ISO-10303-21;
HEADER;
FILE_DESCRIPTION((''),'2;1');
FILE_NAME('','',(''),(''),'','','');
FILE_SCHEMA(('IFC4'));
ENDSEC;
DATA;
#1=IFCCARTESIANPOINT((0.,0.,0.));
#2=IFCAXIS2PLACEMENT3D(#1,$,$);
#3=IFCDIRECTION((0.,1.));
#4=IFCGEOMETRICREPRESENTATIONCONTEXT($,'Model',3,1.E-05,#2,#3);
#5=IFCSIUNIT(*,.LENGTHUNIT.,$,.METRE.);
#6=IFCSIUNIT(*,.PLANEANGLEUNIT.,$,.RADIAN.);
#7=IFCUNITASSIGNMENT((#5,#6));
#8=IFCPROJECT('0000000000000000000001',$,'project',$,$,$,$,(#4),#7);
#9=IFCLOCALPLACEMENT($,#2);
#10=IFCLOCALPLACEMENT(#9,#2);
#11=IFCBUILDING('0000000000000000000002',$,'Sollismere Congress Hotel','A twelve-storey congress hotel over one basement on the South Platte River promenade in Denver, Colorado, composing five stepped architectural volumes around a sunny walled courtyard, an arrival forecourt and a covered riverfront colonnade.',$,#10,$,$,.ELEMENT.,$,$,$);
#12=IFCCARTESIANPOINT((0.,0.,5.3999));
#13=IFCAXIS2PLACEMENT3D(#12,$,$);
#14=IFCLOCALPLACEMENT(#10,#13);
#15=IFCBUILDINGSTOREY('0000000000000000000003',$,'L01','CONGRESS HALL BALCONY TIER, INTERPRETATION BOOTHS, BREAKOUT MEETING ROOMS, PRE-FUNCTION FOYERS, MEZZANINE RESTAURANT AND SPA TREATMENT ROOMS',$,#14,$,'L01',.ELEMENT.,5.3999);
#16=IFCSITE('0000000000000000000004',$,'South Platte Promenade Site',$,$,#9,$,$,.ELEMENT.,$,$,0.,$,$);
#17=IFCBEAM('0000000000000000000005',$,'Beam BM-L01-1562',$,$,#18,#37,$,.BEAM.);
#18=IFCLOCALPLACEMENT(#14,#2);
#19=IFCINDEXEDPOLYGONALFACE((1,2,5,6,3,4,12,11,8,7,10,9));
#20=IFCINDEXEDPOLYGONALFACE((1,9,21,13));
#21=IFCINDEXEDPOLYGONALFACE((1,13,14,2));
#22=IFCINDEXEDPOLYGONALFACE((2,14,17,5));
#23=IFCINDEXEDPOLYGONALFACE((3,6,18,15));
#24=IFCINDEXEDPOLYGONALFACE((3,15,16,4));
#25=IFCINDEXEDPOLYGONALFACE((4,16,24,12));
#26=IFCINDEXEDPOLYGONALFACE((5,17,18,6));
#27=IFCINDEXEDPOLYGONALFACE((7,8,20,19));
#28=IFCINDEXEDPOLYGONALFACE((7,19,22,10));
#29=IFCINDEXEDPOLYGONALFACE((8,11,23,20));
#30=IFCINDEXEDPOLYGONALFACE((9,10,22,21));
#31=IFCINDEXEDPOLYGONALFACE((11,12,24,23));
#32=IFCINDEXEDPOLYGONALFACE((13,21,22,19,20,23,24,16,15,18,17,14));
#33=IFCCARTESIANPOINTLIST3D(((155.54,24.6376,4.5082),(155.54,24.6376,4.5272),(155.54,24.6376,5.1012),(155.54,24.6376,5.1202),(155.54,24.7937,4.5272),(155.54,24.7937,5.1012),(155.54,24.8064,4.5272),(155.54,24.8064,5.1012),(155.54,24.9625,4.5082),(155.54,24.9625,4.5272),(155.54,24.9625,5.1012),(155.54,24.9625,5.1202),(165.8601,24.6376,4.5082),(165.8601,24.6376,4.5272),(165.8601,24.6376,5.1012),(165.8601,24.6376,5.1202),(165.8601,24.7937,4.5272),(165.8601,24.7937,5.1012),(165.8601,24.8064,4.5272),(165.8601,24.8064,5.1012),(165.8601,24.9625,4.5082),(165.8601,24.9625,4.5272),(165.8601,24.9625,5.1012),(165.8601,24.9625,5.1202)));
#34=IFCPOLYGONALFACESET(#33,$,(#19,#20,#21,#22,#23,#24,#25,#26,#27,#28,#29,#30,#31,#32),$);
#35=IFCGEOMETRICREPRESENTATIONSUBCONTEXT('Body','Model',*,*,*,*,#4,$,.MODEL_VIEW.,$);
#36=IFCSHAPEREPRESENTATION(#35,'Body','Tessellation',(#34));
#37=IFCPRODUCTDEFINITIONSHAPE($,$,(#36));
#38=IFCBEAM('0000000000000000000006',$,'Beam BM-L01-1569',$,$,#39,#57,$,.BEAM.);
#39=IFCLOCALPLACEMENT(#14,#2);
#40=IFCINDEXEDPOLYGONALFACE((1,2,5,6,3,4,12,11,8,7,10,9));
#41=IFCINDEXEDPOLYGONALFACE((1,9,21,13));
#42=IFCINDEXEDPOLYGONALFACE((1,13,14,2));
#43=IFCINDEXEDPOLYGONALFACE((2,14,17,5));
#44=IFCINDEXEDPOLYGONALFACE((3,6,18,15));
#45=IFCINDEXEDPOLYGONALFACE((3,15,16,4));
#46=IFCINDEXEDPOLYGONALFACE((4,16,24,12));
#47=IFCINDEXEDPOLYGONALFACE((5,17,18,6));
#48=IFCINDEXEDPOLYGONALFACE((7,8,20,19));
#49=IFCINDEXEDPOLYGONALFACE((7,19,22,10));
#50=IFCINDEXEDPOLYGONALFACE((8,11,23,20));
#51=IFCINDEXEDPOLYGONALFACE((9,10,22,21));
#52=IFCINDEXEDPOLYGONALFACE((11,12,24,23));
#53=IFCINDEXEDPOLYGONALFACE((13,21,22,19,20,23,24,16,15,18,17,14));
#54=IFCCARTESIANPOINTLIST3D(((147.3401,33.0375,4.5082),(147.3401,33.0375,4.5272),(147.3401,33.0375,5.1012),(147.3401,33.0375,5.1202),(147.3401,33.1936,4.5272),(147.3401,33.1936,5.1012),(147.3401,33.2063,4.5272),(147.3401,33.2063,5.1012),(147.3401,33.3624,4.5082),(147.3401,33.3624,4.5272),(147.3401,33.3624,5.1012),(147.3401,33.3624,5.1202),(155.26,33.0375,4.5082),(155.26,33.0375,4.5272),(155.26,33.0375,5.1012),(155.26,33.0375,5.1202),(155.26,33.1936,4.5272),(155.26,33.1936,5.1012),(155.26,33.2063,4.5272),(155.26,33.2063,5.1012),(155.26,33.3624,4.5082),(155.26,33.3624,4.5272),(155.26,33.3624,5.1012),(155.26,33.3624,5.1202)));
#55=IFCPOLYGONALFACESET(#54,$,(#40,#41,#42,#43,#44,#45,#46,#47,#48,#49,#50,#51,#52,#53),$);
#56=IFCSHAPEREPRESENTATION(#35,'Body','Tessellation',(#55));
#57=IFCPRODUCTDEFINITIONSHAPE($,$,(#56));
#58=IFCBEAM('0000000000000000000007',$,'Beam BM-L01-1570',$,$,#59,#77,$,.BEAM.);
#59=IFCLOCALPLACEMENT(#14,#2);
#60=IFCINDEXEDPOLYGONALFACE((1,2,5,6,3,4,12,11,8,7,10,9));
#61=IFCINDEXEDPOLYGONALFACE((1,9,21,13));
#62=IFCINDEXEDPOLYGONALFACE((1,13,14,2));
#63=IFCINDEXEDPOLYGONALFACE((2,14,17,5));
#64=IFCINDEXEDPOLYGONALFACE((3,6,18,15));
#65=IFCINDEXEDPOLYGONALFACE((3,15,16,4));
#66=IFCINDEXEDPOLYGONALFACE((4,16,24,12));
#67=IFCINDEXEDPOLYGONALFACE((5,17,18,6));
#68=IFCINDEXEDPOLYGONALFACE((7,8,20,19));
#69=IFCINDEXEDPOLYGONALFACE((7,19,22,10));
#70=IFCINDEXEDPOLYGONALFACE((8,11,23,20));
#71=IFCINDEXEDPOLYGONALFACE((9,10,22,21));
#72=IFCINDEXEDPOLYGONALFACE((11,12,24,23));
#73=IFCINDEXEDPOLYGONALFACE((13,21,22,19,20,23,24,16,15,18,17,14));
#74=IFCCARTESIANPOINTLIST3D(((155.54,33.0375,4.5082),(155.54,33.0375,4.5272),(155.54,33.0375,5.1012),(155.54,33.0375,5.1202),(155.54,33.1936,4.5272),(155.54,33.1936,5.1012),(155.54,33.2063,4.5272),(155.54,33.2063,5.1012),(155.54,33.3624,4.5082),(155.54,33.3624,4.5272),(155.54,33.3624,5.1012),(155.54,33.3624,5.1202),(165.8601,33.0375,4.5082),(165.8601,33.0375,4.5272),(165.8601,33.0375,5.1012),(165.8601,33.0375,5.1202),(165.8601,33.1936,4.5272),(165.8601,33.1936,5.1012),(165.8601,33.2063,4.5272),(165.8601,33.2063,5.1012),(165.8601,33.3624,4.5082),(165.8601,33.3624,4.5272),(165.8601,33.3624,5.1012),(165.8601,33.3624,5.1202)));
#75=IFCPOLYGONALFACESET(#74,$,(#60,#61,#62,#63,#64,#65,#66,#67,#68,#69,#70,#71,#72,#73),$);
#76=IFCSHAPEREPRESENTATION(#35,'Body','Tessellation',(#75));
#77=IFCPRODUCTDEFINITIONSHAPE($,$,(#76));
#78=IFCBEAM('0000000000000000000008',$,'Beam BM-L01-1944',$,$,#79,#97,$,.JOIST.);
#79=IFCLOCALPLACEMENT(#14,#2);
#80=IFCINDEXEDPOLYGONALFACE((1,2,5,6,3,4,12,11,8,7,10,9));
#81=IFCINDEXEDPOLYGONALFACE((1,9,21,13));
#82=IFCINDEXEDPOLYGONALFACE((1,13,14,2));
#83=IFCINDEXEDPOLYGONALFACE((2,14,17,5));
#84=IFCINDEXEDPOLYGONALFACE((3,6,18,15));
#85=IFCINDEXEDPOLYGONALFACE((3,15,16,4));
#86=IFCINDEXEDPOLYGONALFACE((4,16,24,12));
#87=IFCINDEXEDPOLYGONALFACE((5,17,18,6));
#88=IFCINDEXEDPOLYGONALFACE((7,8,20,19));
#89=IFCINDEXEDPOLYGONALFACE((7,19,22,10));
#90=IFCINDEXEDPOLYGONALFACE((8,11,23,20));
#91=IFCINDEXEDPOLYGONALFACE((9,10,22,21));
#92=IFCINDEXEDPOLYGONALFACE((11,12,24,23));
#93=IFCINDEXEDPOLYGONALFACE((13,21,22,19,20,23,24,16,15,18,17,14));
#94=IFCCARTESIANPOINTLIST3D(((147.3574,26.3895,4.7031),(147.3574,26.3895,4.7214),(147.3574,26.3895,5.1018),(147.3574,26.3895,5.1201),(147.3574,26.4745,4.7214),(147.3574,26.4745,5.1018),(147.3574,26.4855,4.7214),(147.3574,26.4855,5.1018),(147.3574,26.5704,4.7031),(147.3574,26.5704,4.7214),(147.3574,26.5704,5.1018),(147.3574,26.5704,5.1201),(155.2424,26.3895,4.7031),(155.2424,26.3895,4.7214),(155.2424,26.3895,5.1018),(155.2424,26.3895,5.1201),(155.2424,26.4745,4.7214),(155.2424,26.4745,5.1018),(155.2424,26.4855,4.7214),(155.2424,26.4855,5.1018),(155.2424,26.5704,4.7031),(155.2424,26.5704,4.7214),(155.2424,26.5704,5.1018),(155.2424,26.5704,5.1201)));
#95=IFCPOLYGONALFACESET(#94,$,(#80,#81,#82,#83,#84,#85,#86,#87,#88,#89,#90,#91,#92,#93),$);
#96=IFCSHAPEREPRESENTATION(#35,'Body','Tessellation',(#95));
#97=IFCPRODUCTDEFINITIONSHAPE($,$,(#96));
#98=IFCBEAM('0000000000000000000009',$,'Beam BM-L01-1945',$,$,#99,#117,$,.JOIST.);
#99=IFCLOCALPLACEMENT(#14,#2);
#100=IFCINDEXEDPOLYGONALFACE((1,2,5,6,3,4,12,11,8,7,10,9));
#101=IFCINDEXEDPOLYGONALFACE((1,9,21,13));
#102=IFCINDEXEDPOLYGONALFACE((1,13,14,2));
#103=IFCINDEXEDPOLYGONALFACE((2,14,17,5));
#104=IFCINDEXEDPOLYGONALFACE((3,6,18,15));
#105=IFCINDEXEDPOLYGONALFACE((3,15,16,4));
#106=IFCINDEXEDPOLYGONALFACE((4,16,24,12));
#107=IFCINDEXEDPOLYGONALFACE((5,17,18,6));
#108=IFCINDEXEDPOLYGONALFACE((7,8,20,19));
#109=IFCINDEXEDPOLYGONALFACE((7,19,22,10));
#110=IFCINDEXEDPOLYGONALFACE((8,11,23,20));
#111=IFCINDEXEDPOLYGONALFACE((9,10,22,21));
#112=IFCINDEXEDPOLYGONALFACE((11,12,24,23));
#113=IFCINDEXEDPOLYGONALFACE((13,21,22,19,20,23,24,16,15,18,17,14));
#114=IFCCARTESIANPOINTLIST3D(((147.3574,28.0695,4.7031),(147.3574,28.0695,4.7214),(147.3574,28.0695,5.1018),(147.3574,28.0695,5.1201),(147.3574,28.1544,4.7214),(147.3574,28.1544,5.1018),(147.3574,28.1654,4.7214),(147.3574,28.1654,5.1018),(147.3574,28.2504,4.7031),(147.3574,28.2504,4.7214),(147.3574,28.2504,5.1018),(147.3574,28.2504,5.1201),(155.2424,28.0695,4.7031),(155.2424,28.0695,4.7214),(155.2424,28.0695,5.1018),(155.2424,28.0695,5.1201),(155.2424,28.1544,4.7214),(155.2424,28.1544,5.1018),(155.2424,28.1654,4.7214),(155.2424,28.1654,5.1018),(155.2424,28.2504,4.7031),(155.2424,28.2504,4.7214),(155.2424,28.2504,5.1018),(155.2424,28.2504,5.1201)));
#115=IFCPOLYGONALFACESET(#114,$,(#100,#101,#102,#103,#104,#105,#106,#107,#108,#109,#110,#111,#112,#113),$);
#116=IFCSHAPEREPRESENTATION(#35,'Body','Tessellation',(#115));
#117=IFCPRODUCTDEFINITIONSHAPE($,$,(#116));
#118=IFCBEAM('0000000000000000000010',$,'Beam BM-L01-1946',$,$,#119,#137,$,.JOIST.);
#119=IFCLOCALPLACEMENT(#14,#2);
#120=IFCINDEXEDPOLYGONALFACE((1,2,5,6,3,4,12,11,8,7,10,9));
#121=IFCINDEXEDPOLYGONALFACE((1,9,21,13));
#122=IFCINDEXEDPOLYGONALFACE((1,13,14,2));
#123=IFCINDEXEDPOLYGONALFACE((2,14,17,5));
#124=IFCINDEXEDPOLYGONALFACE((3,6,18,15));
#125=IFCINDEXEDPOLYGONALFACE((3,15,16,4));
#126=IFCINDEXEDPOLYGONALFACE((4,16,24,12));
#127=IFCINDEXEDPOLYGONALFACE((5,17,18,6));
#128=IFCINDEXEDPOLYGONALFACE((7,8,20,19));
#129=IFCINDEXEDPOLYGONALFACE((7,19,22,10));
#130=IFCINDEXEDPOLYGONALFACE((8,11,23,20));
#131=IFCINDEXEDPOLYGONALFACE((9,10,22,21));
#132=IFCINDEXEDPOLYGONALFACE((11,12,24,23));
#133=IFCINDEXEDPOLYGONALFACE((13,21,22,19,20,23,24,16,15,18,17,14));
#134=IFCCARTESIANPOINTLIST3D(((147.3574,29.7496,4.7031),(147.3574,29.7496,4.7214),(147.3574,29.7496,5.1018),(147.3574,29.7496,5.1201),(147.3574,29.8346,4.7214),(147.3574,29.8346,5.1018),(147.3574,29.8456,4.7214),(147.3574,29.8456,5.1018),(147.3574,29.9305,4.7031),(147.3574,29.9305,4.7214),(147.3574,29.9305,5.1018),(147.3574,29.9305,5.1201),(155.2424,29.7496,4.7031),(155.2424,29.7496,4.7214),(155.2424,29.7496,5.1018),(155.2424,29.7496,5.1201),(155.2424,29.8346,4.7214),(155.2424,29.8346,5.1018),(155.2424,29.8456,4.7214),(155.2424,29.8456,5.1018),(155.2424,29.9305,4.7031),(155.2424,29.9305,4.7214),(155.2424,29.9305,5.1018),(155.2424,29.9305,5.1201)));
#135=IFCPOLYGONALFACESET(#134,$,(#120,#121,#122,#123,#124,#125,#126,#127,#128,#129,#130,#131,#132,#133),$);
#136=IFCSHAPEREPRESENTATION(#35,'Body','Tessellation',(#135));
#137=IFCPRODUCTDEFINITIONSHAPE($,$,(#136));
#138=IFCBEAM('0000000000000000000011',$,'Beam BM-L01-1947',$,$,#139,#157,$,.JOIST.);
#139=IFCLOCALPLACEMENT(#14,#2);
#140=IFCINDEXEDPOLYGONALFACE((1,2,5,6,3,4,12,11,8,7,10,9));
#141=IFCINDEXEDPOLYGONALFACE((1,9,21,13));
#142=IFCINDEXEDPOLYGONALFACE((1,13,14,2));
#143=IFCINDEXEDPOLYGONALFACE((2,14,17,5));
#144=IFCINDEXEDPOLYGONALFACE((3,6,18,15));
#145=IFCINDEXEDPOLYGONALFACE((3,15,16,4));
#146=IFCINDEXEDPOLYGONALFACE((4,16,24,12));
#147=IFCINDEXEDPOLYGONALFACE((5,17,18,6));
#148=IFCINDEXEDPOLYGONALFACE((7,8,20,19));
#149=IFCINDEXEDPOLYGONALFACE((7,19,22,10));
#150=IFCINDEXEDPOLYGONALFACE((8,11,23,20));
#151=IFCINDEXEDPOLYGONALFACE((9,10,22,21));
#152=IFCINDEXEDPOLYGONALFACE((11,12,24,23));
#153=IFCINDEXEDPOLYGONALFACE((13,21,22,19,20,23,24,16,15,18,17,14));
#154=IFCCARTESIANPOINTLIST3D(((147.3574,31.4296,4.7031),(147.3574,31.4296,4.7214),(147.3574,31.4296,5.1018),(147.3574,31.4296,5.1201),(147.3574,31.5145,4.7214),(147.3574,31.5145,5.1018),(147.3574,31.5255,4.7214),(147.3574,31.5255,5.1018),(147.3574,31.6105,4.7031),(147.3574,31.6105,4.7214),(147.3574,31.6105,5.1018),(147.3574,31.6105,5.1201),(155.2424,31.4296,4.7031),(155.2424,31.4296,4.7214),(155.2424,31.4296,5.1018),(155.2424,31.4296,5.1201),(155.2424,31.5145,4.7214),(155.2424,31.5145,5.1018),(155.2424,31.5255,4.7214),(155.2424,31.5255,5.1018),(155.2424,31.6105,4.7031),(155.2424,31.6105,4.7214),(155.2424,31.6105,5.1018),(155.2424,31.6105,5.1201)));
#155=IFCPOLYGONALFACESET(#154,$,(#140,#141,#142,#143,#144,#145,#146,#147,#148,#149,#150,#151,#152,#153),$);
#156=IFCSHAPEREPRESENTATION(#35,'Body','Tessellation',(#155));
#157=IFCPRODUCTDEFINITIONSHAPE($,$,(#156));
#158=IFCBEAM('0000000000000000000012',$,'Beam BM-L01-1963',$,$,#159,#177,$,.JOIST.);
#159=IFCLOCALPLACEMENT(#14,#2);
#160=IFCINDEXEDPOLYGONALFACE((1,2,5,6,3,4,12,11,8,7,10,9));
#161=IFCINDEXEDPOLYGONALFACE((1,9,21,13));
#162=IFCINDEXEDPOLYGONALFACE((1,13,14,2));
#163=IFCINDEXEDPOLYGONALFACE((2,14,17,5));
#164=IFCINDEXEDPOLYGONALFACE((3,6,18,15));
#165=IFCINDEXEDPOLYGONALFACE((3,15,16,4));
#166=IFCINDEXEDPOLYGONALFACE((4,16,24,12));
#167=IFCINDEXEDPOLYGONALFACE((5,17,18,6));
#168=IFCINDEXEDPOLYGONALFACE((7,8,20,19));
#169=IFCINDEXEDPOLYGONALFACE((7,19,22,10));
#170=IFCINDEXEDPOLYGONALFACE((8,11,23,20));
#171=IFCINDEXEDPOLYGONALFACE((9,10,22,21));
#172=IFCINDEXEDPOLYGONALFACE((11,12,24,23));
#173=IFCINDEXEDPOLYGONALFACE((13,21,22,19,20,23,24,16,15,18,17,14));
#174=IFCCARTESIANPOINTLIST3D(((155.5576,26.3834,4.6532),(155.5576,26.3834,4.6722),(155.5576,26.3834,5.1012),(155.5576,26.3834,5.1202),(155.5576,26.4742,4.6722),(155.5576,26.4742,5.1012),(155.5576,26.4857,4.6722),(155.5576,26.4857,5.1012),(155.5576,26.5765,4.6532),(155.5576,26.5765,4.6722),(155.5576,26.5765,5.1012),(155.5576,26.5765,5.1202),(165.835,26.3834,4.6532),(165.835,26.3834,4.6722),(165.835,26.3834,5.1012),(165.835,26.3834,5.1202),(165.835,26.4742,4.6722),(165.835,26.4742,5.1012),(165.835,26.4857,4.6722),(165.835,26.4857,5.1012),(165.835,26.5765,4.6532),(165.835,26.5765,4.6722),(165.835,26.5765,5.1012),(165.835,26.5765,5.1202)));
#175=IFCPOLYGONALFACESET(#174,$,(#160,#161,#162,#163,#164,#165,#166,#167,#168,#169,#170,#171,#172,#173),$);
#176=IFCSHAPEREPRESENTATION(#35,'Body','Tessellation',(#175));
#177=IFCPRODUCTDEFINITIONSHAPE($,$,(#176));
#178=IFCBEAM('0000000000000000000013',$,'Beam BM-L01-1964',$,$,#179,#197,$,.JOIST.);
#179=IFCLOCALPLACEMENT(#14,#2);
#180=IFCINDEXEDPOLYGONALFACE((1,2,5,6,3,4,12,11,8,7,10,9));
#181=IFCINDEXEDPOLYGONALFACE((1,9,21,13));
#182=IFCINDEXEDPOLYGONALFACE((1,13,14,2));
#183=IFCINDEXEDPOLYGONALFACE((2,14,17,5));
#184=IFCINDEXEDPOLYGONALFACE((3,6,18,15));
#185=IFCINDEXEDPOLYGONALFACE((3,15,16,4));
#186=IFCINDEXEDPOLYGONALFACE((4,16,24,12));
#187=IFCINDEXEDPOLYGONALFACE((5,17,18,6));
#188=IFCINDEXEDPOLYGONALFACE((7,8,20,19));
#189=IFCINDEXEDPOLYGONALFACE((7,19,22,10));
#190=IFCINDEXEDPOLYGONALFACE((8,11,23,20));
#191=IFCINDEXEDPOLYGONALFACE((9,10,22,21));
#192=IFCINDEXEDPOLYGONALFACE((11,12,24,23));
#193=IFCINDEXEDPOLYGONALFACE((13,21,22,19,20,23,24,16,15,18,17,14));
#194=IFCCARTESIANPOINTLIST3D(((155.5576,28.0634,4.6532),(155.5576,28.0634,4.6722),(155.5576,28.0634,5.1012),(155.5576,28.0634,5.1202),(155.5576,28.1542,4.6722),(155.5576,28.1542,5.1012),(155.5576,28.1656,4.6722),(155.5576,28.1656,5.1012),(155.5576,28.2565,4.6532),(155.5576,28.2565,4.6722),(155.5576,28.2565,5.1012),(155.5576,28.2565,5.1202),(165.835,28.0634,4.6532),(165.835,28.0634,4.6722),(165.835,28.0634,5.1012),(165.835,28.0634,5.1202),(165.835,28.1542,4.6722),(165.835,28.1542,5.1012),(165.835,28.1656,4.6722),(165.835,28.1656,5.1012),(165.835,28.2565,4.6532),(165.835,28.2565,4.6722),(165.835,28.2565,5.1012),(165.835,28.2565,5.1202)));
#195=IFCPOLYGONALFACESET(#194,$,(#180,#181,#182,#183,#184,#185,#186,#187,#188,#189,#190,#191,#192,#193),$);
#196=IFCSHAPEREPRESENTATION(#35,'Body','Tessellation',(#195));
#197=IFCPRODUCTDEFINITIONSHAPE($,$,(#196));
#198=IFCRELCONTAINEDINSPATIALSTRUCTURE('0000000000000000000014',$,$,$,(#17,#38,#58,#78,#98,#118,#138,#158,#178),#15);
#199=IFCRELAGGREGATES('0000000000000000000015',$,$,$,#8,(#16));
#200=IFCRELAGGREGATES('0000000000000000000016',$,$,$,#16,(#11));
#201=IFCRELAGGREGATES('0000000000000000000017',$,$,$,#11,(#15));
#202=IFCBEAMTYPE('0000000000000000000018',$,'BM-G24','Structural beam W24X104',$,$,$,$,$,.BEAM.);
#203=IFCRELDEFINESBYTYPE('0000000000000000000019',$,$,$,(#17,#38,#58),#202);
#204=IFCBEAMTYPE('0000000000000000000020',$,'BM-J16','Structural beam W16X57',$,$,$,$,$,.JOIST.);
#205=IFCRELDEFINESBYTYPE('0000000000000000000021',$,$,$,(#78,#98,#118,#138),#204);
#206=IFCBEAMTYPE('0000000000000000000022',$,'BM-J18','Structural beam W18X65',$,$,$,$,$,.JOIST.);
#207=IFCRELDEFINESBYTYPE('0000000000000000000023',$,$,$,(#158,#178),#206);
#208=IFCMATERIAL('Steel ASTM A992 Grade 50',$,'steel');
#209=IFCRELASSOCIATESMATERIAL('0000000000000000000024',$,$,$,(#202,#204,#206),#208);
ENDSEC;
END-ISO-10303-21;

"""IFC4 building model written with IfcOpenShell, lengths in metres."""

from ifc_helpers import new_model, si_unit, direction, frame, origin, origin_2d, place, context, subcontext, project, spatial, i_section, extrude, material, material_profile, profile_set, type_object, element, save


model = new_model("IFC4")

# Units and contexts
model_context = context("Model", 3, precision=1e-05, world=origin(), true_north=direction((0.0, 1.0)))
body_context = subcontext(model_context, "Body", "Model", "MODEL_VIEW")
ifc_project = project(units=[si_unit("LENGTHUNIT", "METRE"), si_unit("PLANEANGLEUNIT", "RADIAN")], contexts=[model_context])

# Site, building, storey
site_placement = place(None, origin())
site = spatial("IfcSite", under=ifc_project, at=site_placement, Name="South Platte Promenade Site", CompositionType="ELEMENT", RefElevation=0.0)
building_placement = place(site_placement, origin())
building = spatial("IfcBuilding", under=site, at=building_placement, Name="Sollismere Congress Hotel", Description="A twelve-storey congress hotel over one basement on the South Platte River promenade in Denver, Colorado, composing five stepped architectural volumes around a sunny walled courtyard, an arrival forecourt and a covered riverfront colonnade.", CompositionType="ELEMENT")
storey_placement = place(building_placement, frame((0.0, 0.0, 5.3999)))
storey = spatial("IfcBuildingStorey", under=building, at=storey_placement, Name="L01", Description="CONGRESS HALL BALCONY TIER, INTERPRETATION BOOTHS, BREAKOUT MEETING ROOMS, PRE-FUNCTION FOYERS, MEZZANINE RESTAURANT AND SPA TREATMENT ROOMS", LongName="L01", CompositionType="ELEMENT", Elevation=5.3999)

# Shared definitions
ifc_material_1 = material(Name="Steel ASTM A992 Grade 50", Category="steel")

# Beams
ifc_material_profile_1 = material_profile(ifc_material_1, i_section(OverallWidth=0.325, OverallDepth=0.6121, WebThickness=0.0127, FlangeThickness=0.019, at=origin_2d()), Name="W24X104")
ifc_profile_set_1 = profile_set([ifc_material_profile_1], Name="Steel ASTM A992 Grade 50")
beam_type_1 = type_object("IfcBeamType", Name="BM-G24", Description="Structural beam W24X104", PredefinedType="BEAM", material=ifc_profile_set_1)
beam_1_placement = place(storey_placement, frame((155.54, 24.8, 4.8142), z_axis=(1.0, 0.0, 0.0), x_axis=(0.0, 1.0, 0.0)))
element("IfcBeam", 1, at=beam_1_placement, inside=storey, type_object=beam_type_1, Name="Beam BM-L01-1562", PredefinedType="BEAM", context=body_context, shape_type="SweptSolid", body=[
    extrude(i_section(OverallWidth=0.325, OverallDepth=0.6121, WebThickness=0.0127, FlangeThickness=0.019, at=origin_2d()), origin(), (0.0, 0.0, 1.0), 10.3201),
])
beam_2_placement = place(storey_placement, frame((147.3401, 33.2, 4.8142), z_axis=(1.0, 0.0, 0.0), x_axis=(0.0, 1.0, 0.0)))
element("IfcBeam", 2, at=beam_2_placement, inside=storey, type_object=beam_type_1, Name="Beam BM-L01-1569", PredefinedType="BEAM", context=body_context, shape_type="SweptSolid", body=[
    extrude(i_section(OverallWidth=0.325, OverallDepth=0.6121, WebThickness=0.0127, FlangeThickness=0.019, at=origin_2d()), origin(), (0.0, 0.0, 1.0), 7.9199),
])
beam_3_placement = place(storey_placement, frame((155.54, 33.2, 4.8142), z_axis=(1.0, 0.0, 0.0), x_axis=(0.0, 1.0, 0.0)))
element("IfcBeam", 3, at=beam_3_placement, inside=storey, type_object=beam_type_1, Name="Beam BM-L01-1570", PredefinedType="BEAM", context=body_context, shape_type="SweptSolid", body=[
    extrude(i_section(OverallWidth=0.325, OverallDepth=0.6121, WebThickness=0.0127, FlangeThickness=0.019, at=origin_2d()), origin(), (0.0, 0.0, 1.0), 10.3201),
])
ifc_material_profile_2 = material_profile(ifc_material_1, i_section(OverallWidth=0.1809, OverallDepth=0.417, WebThickness=0.011, FlangeThickness=0.0183, at=origin_2d()), Name="W16X57")
ifc_profile_set_2 = profile_set([ifc_material_profile_2], Name="Steel ASTM A992 Grade 50")
beam_type_2 = type_object("IfcBeamType", Name="BM-J16", Description="Structural beam W16X57", PredefinedType="JOIST", material=ifc_profile_set_2)
for number, where, z_axis, x_axis, name in (
    (4, (147.3574, 26.48, 4.9116), (1.0, 0.0, 0.0), (0.0, 1.0, 0.0), "Beam BM-L01-1944"),
    (5, (147.3574, 28.1599, 4.9116), (1.0, 0.0, 0.0), (0.0, 1.0, 0.0), "Beam BM-L01-1945"),
    (6, (147.3574, 29.8401, 4.9116), (1.0, 0.0, 0.0), (0.0, 1.0, 0.0), "Beam BM-L01-1946"),
    (7, (147.3574, 31.52, 4.9116), (1.0, 0.0, 0.0), (0.0, 1.0, 0.0), "Beam BM-L01-1947"),
):
    element("IfcBeam", number, at=place(storey_placement, frame(where, z_axis=z_axis, x_axis=x_axis)), inside=storey, type_object=beam_type_2, Name=name, PredefinedType="JOIST", context=body_context, shape_type="SweptSolid", body=[
        extrude(i_section(OverallWidth=0.1809, OverallDepth=0.417, WebThickness=0.011, FlangeThickness=0.0183, at=origin_2d()), origin(), (0.0, 0.0, 1.0), 7.885),
    ])
ifc_material_profile_3 = material_profile(ifc_material_1, i_section(OverallWidth=0.1931, OverallDepth=0.467, WebThickness=0.0115, FlangeThickness=0.019, at=origin_2d()), Name="W18X65")
ifc_profile_set_3 = profile_set([ifc_material_profile_3], Name="Steel ASTM A992 Grade 50")
beam_type_3 = type_object("IfcBeamType", Name="BM-J18", Description="Structural beam W18X65", PredefinedType="JOIST", material=ifc_profile_set_3)
for number, where, z_axis, x_axis, name in (
    (8, (155.5576, 26.48, 4.8867), (1.0, 0.0, 0.0), (0.0, 1.0, 0.0), "Beam BM-L01-1963"),
    (9, (155.5576, 28.1599, 4.8867), (1.0, 0.0, 0.0), (0.0, 1.0, 0.0), "Beam BM-L01-1964"),
):
    element("IfcBeam", number, at=place(storey_placement, frame(where, z_axis=z_axis, x_axis=x_axis)), inside=storey, type_object=beam_type_3, Name=name, PredefinedType="JOIST", context=body_context, shape_type="SweptSolid", body=[
        extrude(i_section(OverallWidth=0.1931, OverallDepth=0.467, WebThickness=0.0115, FlangeThickness=0.019, at=origin_2d()), origin(), (0.0, 0.0, 1.0), 10.2773),
    ])

save(model, "model.ifc")
